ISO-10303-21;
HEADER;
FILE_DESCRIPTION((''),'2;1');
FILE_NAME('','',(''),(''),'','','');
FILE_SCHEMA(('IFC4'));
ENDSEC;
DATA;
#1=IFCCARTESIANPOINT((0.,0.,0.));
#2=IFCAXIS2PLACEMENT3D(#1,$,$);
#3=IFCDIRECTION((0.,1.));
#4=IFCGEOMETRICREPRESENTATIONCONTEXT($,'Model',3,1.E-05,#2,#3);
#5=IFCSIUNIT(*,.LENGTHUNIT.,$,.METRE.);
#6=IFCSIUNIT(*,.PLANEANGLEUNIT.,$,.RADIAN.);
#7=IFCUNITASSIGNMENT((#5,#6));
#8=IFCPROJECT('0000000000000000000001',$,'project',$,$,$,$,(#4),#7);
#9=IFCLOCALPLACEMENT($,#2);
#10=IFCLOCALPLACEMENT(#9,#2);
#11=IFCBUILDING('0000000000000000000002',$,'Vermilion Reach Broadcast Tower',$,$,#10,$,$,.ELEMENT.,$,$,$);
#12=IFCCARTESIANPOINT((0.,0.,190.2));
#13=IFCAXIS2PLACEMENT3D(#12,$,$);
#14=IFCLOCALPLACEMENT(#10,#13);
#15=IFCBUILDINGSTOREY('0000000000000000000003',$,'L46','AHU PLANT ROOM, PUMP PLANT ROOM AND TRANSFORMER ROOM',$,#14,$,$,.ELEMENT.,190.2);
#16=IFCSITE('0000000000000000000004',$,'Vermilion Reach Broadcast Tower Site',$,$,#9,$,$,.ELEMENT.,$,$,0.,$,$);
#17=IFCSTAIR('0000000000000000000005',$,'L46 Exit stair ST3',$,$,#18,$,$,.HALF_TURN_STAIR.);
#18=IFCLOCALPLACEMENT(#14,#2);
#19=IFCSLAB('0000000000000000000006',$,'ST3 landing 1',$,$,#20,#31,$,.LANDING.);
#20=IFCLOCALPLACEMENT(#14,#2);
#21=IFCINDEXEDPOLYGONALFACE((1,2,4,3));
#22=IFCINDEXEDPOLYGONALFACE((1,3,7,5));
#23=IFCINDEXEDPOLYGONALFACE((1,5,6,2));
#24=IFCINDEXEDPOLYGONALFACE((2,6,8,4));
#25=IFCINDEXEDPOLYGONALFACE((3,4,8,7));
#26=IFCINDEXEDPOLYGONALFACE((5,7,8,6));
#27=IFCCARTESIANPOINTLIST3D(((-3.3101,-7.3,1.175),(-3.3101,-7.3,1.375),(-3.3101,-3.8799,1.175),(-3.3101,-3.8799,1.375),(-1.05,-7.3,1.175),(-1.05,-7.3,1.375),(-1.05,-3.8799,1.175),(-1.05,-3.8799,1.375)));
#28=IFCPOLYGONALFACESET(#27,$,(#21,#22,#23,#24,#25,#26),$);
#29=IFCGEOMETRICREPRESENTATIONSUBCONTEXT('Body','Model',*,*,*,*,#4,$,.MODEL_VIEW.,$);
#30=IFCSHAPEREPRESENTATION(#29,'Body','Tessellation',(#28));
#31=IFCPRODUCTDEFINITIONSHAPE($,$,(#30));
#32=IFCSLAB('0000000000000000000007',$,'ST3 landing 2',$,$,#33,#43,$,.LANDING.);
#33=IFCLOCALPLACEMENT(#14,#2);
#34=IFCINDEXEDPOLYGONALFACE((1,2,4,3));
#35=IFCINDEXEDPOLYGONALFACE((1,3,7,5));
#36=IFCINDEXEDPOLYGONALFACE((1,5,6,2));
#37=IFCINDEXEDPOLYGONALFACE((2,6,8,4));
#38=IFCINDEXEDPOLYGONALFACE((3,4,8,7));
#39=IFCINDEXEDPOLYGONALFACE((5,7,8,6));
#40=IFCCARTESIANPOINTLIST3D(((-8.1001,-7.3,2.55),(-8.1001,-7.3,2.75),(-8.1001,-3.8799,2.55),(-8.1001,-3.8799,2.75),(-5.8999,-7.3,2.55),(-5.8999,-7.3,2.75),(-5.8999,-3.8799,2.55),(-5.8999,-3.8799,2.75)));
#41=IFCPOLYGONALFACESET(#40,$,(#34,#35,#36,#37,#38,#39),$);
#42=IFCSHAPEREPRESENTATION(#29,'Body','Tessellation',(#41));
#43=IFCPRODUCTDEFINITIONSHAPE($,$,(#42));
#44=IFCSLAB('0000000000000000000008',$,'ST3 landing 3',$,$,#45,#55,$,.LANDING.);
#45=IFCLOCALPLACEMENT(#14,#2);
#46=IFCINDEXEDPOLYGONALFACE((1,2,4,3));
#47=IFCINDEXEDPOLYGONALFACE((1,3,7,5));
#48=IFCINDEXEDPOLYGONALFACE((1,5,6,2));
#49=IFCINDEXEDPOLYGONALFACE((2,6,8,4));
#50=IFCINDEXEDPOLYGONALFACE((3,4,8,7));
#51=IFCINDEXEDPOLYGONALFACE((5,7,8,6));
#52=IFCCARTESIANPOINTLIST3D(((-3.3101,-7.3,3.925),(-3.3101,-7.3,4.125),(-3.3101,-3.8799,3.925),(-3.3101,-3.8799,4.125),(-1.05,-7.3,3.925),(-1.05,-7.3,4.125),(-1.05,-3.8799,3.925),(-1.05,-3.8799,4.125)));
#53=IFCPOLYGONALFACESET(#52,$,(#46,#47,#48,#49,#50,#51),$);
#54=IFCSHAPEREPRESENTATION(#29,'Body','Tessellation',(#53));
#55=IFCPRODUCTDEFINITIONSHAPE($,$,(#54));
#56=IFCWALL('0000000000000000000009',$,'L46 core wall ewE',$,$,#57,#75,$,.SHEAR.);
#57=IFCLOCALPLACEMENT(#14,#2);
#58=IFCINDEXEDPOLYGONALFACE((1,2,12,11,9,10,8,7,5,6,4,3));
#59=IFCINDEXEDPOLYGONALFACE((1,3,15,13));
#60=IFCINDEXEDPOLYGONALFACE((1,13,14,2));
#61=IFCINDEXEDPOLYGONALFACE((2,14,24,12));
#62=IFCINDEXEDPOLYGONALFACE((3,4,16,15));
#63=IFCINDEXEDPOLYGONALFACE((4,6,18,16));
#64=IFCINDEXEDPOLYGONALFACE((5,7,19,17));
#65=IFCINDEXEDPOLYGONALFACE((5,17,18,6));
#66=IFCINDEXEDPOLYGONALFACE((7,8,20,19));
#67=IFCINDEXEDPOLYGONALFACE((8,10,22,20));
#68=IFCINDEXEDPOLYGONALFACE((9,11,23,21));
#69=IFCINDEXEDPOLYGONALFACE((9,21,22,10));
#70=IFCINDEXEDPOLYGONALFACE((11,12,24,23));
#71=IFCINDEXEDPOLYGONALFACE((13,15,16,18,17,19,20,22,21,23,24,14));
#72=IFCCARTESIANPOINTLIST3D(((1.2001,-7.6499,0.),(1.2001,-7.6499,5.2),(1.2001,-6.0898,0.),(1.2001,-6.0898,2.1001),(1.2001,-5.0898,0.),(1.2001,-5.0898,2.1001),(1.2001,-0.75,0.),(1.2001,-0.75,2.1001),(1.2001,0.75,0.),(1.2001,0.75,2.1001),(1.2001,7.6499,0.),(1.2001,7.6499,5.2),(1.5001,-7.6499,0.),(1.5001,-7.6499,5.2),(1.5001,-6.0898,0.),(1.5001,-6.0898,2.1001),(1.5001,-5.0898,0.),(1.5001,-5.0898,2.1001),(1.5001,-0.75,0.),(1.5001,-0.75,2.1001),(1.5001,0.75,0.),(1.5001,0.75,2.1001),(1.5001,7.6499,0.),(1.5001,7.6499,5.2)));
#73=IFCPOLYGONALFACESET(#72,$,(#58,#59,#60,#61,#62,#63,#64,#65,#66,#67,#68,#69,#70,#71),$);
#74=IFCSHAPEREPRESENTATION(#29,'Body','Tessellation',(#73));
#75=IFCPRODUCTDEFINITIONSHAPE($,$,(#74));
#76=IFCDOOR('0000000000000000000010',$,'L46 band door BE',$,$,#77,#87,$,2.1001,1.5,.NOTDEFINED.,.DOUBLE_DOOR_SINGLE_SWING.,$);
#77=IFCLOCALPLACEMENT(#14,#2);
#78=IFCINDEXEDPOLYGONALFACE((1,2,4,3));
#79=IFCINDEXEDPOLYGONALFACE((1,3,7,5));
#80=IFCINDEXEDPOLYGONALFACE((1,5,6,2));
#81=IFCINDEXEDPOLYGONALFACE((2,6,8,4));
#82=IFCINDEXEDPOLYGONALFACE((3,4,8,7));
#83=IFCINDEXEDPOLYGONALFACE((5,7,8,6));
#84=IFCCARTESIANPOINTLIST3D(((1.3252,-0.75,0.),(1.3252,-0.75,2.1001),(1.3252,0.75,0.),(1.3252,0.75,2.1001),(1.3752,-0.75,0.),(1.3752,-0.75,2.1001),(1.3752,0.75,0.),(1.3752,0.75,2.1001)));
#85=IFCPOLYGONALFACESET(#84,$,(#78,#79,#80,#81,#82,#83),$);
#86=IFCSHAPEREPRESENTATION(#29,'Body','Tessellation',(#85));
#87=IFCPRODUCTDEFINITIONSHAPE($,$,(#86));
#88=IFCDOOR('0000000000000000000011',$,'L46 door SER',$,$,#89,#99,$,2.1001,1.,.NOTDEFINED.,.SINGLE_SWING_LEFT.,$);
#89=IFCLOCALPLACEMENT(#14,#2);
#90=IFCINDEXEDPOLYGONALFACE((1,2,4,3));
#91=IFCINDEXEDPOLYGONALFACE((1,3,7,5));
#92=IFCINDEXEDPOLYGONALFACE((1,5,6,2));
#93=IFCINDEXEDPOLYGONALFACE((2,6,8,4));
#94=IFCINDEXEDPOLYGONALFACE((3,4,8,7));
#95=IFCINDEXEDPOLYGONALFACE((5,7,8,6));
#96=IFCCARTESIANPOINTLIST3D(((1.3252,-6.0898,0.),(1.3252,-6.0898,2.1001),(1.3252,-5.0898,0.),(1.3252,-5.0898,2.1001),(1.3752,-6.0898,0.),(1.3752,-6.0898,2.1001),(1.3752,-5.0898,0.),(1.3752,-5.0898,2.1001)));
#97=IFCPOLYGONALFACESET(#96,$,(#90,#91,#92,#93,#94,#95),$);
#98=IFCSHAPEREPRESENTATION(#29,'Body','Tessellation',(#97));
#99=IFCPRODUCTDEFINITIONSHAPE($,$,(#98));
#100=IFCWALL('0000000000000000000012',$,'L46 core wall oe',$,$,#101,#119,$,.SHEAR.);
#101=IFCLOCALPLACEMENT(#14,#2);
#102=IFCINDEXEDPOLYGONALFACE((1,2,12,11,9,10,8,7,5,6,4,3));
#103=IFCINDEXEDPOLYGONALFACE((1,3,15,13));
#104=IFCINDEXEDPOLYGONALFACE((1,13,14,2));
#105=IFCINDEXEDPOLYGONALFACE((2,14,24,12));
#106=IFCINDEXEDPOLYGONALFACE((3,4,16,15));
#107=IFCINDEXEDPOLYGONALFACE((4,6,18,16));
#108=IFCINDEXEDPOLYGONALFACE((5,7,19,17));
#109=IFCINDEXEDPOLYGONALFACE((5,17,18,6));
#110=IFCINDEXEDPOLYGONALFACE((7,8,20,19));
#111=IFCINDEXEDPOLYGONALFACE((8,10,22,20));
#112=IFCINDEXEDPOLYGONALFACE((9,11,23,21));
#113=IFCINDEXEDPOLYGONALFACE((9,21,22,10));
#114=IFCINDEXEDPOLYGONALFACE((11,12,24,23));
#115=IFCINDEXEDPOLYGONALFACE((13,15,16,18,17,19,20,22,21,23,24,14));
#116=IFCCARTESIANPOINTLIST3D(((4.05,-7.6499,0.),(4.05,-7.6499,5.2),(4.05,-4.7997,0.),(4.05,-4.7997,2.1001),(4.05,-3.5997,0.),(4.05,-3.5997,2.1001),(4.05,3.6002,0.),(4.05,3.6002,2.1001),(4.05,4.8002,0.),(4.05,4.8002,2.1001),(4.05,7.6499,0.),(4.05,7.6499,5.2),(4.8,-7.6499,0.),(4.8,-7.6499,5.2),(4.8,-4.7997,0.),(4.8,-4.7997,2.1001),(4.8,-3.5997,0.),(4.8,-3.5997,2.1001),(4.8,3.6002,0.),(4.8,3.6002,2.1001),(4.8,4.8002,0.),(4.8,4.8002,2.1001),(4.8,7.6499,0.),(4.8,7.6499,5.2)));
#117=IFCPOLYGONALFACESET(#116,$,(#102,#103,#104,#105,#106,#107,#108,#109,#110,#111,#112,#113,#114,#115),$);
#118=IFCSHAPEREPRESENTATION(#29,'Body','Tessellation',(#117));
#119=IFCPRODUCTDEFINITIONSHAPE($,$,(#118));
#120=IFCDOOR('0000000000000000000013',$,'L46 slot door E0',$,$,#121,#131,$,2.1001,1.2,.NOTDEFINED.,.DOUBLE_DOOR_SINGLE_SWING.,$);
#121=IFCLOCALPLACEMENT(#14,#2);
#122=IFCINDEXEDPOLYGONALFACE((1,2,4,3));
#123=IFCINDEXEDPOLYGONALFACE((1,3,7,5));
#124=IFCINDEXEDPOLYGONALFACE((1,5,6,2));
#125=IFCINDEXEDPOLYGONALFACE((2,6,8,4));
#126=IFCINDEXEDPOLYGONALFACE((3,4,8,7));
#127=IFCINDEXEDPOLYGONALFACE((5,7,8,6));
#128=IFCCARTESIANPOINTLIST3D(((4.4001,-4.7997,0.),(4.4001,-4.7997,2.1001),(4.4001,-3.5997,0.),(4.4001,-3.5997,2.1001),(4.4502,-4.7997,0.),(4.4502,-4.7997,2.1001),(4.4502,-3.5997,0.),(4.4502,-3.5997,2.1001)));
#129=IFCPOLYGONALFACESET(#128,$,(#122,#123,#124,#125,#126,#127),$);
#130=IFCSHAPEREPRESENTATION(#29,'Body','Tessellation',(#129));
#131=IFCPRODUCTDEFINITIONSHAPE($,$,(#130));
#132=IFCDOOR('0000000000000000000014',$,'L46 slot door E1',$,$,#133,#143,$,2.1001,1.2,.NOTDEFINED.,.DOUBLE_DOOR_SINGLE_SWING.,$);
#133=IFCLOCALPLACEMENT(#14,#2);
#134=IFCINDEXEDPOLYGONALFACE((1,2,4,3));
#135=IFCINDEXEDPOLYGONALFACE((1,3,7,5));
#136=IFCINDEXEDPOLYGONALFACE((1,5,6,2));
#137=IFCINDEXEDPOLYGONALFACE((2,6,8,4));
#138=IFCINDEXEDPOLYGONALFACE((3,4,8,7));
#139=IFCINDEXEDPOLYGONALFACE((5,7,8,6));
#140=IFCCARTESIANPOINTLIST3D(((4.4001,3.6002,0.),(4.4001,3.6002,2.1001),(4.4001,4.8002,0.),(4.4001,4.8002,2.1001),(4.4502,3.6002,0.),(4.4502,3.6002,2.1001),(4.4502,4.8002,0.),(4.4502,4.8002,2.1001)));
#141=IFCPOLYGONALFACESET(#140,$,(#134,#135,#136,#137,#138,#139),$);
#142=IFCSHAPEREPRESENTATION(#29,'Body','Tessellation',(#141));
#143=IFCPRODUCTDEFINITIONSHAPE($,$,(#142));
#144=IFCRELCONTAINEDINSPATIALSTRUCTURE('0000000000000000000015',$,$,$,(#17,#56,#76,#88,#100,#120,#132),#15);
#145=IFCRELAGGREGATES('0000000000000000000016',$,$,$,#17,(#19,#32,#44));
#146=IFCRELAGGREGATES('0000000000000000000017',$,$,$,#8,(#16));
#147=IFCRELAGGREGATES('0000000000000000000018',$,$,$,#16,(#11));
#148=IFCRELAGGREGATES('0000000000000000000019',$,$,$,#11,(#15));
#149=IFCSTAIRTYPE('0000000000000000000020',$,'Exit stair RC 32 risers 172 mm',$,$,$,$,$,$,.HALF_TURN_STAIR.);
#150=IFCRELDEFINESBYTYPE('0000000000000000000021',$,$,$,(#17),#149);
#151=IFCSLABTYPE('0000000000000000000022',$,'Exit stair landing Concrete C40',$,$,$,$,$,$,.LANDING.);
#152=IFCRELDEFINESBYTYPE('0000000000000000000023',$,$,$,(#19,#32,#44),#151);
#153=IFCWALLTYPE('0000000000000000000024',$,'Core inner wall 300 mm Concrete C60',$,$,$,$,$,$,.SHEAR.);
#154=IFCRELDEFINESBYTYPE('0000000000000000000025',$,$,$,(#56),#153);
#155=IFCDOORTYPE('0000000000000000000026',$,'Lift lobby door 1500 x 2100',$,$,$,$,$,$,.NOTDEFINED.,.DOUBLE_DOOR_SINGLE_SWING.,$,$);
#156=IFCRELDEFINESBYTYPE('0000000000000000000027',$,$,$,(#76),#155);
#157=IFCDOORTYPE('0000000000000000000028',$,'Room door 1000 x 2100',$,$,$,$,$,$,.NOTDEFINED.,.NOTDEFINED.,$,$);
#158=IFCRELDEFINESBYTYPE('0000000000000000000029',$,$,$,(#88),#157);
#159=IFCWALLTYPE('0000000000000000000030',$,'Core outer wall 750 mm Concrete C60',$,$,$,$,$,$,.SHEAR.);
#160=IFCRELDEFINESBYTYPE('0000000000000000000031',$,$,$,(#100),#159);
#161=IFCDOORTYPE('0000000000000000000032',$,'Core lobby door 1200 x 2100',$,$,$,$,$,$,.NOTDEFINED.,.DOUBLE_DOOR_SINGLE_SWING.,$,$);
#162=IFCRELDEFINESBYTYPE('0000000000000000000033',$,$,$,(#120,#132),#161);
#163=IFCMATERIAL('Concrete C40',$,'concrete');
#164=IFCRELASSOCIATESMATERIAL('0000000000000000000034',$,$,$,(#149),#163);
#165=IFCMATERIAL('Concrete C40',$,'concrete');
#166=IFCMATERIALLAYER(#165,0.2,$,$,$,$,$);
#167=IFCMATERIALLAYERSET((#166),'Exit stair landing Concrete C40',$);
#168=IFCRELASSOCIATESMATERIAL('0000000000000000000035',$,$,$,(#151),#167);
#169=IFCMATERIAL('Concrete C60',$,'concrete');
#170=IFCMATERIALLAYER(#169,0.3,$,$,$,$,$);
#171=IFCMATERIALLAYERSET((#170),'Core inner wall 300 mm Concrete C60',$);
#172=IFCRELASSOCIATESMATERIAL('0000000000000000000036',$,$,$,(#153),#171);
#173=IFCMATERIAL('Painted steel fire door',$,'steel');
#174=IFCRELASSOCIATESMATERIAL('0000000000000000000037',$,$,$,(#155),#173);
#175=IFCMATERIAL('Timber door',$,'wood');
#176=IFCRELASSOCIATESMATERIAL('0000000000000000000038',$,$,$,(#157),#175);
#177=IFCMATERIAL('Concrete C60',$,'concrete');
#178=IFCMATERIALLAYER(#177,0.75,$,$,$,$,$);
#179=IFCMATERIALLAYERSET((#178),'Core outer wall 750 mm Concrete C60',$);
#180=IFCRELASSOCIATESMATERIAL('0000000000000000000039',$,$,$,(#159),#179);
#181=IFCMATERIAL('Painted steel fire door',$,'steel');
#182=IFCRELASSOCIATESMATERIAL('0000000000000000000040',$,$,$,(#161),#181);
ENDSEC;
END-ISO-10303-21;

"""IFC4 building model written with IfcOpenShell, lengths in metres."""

from ifc_helpers import new_model, si_unit, direction, frame, frame_2d, origin, place, context, subcontext, project, spatial, polyline, rectangle, outline, extrude, material, layer, layer_set, type_object, element, fill, aggregate, save


model = new_model("IFC4")

# Units and contexts
model_context = context("Model", 3, precision=1e-05, world=origin(), true_north=direction((0.0, 1.0)))
body_context = subcontext(model_context, "Body", "Model", "MODEL_VIEW")
ifc_project = project(units=[si_unit("LENGTHUNIT", "METRE"), si_unit("PLANEANGLEUNIT", "RADIAN")], contexts=[model_context])

# Site, building, storey
site_placement = place(None, origin())
site = spatial("IfcSite", under=ifc_project, at=site_placement, Name="Vermilion Reach Broadcast Tower Site", CompositionType="ELEMENT", RefElevation=0.0)
building_placement = place(site_placement, origin())
building = spatial("IfcBuilding", under=site, at=building_placement, Name="Vermilion Reach Broadcast Tower", CompositionType="ELEMENT")
storey_placement = place(building_placement, frame((0.0, 0.0, 190.2)))
storey = spatial("IfcBuildingStorey", under=building, at=storey_placement, Name="L46", Description="AHU PLANT ROOM, PUMP PLANT ROOM AND TRANSFORMER ROOM", CompositionType="ELEMENT", Elevation=190.2)

# Shared definitions
ifc_material_1 = material(Name="Concrete C40", Category="concrete")
stair_type = type_object("IfcStairType", Name="Exit stair RC 32 risers 172 mm", PredefinedType="HALF_TURN_STAIR", material=ifc_material_1)
placement_1 = place(storey_placement, origin())
ifc_material_2 = material(Name="Concrete C40", Category="concrete")
ifc_layer_1 = layer(ifc_material_2, 0.2)
ifc_layer_set_1 = layer_set([ifc_layer_1], Name="Exit stair landing Concrete C40")
slab_type = type_object("IfcSlabType", Name="Exit stair landing Concrete C40", PredefinedType="LANDING", material=ifc_layer_set_1)
placement_2 = place(storey_placement, frame((0.0, 0.0, 3.925)))

# Stair, slabs
placement_3 = place(storey_placement, frame((0.0, 0.0, 1.175)))
placement_4 = place(storey_placement, frame((0.0, 0.0, 2.55)))
stair_1 = element("IfcStair", 1, at=placement_1, inside=storey, type_object=stair_type, Name="L46 Exit stair ST3", PredefinedType="HALF_TURN_STAIR")
slab_1 = element("IfcSlab", 2, at=placement_3, type_object=slab_type, Name="ST3 landing 1", PredefinedType="LANDING", context=body_context, shape_type="SweptSolid", body=[
    extrude(outline(polyline([(-3.3101, -7.3), (-1.05, -7.3), (-1.05, -3.8799), (-3.3101, -3.8799), (-3.3101, -7.3)])), origin(), (0.0, 0.0, 1.0), 0.2),
])
slab_2 = element("IfcSlab", 3, at=placement_4, type_object=slab_type, Name="ST3 landing 2", PredefinedType="LANDING", context=body_context, shape_type="SweptSolid", body=[
    extrude(outline(polyline([(-8.1001, -7.3), (-5.8999, -7.3), (-5.8999, -3.8799), (-8.1001, -3.8799), (-8.1001, -7.3)])), origin(), (0.0, 0.0, 1.0), 0.2),
])
slab_3 = element("IfcSlab", 4, at=placement_2, type_object=slab_type, Name="ST3 landing 3", PredefinedType="LANDING", context=body_context, shape_type="SweptSolid", body=[
    extrude(outline(polyline([(-3.3101, -7.3), (-1.05, -7.3), (-1.05, -3.8799), (-3.3101, -3.8799), (-3.3101, -7.3)])), origin(), (0.0, 0.0, 1.0), 0.2),
])
aggregate(stair_1, [slab_1, slab_2, slab_3])

# Walls, openings, doors
ifc_material_3 = material(Name="Concrete C60", Category="concrete")
ifc_layer_2 = layer(ifc_material_3, 0.3)
ifc_layer_set_2 = layer_set([ifc_layer_2], Name="Core inner wall 300 mm Concrete C60")
wall_type_1 = type_object("IfcWallType", Name="Core inner wall 300 mm Concrete C60", PredefinedType="SHEAR", material=ifc_layer_set_2)
wall_1_placement = place(storey_placement, frame((1.3501, -7.6499, 0.0), z_axis=(0.0, 0.0, 1.0), x_axis=(0.0, 1.0, 0.0)))
wall_1 = element("IfcWall", 5, at=wall_1_placement, inside=storey, type_object=wall_type_1, Name="L46 core wall ewE", PredefinedType="SHEAR", context=body_context, shape_type="SweptSolid", body=[
    extrude(rectangle(XDim=15.2998, YDim=0.3, at=frame_2d((7.6499, 0.0))), origin(), (0.0, 0.0, 1.0), 5.2),
])
opening_1_placement = place(wall_1_placement, frame((1.5601, 0.0, 0.0)))
opening_1 = element("IfcOpeningElement", 6, at=opening_1_placement, cuts=wall_1, PredefinedType="OPENING", context=body_context, shape_type="SweptSolid", body=[
    extrude(rectangle(XDim=1.0, YDim=2.1001, at=frame_2d((0.5, 1.05))), frame((0.0, 0.1599, 0.0), z_axis=(0.0, -1.0, 0.0), x_axis=(1.0, 0.0, 0.0)), (0.0, 0.0, 1.0), 0.3201),
])
opening_2_placement = place(wall_1_placement, frame((6.8999, 0.0, 0.0)))
opening_2 = element("IfcOpeningElement", 7, at=opening_2_placement, cuts=wall_1, PredefinedType="OPENING", context=body_context, shape_type="SweptSolid", body=[
    extrude(rectangle(XDim=1.5, YDim=2.1001, at=frame_2d((0.75, 1.05))), frame((0.0, 0.1599, 0.0), z_axis=(0.0, -1.0, 0.0), x_axis=(1.0, 0.0, 0.0)), (0.0, 0.0, 1.0), 0.3201),
])
ifc_material_4 = material(Name="Painted steel fire door", Category="steel")
door_type_1 = type_object("IfcDoorType", Name="Lift lobby door 1500 x 2100", OperationType="DOUBLE_DOOR_SINGLE_SWING", PredefinedType="NOTDEFINED", material=ifc_material_4)
door_1_placement = place(opening_2_placement, origin())
door_1 = element("IfcDoor", 8, at=door_1_placement, inside=storey, type_object=door_type_1, Name="L46 band door BE", OperationType="DOUBLE_DOOR_SINGLE_SWING", OverallHeight=2.1001, OverallWidth=1.5, PredefinedType="NOTDEFINED", context=body_context, shape_type="SweptSolid", body=[
    extrude(rectangle(XDim=1.5, YDim=2.1001, at=frame_2d((0.75, 1.05))), frame((0.0, 0.0249, 0.0), z_axis=(0.0, -1.0, 0.0), x_axis=(1.0, 0.0, 0.0)), (0.0, 0.0, 1.0), 0.05),
])
fill(opening_2, door_1)
ifc_material_5 = material(Name="Timber door", Category="wood")
door_type_2 = type_object("IfcDoorType", Name="Room door 1000 x 2100", OperationType="NOTDEFINED", PredefinedType="NOTDEFINED", material=ifc_material_5)
door_2_placement = place(opening_1_placement, origin())
door_2 = element("IfcDoor", 9, at=door_2_placement, inside=storey, type_object=door_type_2, Name="L46 door SER", OperationType="SINGLE_SWING_LEFT", OverallHeight=2.1001, OverallWidth=1.0, PredefinedType="NOTDEFINED", context=body_context, shape_type="SweptSolid", body=[
    extrude(rectangle(XDim=1.0, YDim=2.1001, at=frame_2d((0.5, 1.05))), frame((0.0, 0.0249, 0.0), z_axis=(0.0, -1.0, 0.0), x_axis=(1.0, 0.0, 0.0)), (0.0, 0.0, 1.0), 0.05),
])
fill(opening_1, door_2)
ifc_material_6 = material(Name="Concrete C60", Category="concrete")
ifc_layer_3 = layer(ifc_material_6, 0.75)
ifc_layer_set_3 = layer_set([ifc_layer_3], Name="Core outer wall 750 mm Concrete C60")
wall_type_2 = type_object("IfcWallType", Name="Core outer wall 750 mm Concrete C60", PredefinedType="SHEAR", material=ifc_layer_set_3)
wall_2_placement = place(storey_placement, frame((4.425, -7.6499, 0.0), z_axis=(0.0, 0.0, 1.0), x_axis=(0.0, 1.0, 0.0)))
wall_2 = element("IfcWall", 10, at=wall_2_placement, inside=storey, type_object=wall_type_2, Name="L46 core wall oe", PredefinedType="SHEAR", context=body_context, shape_type="SweptSolid", body=[
    extrude(rectangle(XDim=15.2998, YDim=0.75, at=frame_2d((7.6499, 0.0))), origin(), (0.0, 0.0, 1.0), 5.2),
])
opening_3_placement = place(wall_2_placement, frame((2.8501, 0.0, 0.0)))
opening_3 = element("IfcOpeningElement", 11, at=opening_3_placement, cuts=wall_2, PredefinedType="OPENING", context=body_context, shape_type="SweptSolid", body=[
    extrude(rectangle(XDim=1.2, YDim=2.1001, at=frame_2d((0.6001, 1.05))), frame((0.0, 0.385, 0.0), z_axis=(0.0, -1.0, 0.0), x_axis=(1.0, 0.0, 0.0)), (0.0, 0.0, 1.0), 0.77),
])
opening_4_placement = place(wall_2_placement, frame((11.25, 0.0, 0.0)))
opening_4 = element("IfcOpeningElement", 12, at=opening_4_placement, cuts=wall_2, PredefinedType="OPENING", context=body_context, shape_type="SweptSolid", body=[
    extrude(rectangle(XDim=1.2, YDim=2.1001, at=frame_2d((0.6001, 1.05))), frame((0.0, 0.385, 0.0), z_axis=(0.0, -1.0, 0.0), x_axis=(1.0, 0.0, 0.0)), (0.0, 0.0, 1.0), 0.77),
])
ifc_material_7 = material(Name="Painted steel fire door", Category="steel")
door_type_3 = type_object("IfcDoorType", Name="Core lobby door 1200 x 2100", OperationType="DOUBLE_DOOR_SINGLE_SWING", PredefinedType="NOTDEFINED", material=ifc_material_7)
door_3_placement = place(opening_3_placement, origin())
door_3 = element("IfcDoor", 13, at=door_3_placement, inside=storey, type_object=door_type_3, Name="L46 slot door E0", OperationType="DOUBLE_DOOR_SINGLE_SWING", OverallHeight=2.1001, OverallWidth=1.2, PredefinedType="NOTDEFINED", context=body_context, shape_type="SweptSolid", body=[
    extrude(rectangle(XDim=1.2, YDim=2.1001, at=frame_2d((0.6001, 1.05))), frame((0.0, 0.0249, 0.0), z_axis=(0.0, -1.0, 0.0), x_axis=(1.0, 0.0, 0.0)), (0.0, 0.0, 1.0), 0.05),
])
fill(opening_3, door_3)
door_4_placement = place(opening_4_placement, origin())
door_4 = element("IfcDoor", 14, at=door_4_placement, inside=storey, type_object=door_type_3, Name="L46 slot door E1", OperationType="DOUBLE_DOOR_SINGLE_SWING", OverallHeight=2.1001, OverallWidth=1.2, PredefinedType="NOTDEFINED", context=body_context, shape_type="SweptSolid", body=[
    extrude(rectangle(XDim=1.2, YDim=2.1001, at=frame_2d((0.6001, 1.05))), frame((0.0, 0.0249, 0.0), z_axis=(0.0, -1.0, 0.0), x_axis=(1.0, 0.0, 0.0)), (0.0, 0.0, 1.0), 0.05),
])
fill(opening_4, door_4)

save(model, "model.ifc")
